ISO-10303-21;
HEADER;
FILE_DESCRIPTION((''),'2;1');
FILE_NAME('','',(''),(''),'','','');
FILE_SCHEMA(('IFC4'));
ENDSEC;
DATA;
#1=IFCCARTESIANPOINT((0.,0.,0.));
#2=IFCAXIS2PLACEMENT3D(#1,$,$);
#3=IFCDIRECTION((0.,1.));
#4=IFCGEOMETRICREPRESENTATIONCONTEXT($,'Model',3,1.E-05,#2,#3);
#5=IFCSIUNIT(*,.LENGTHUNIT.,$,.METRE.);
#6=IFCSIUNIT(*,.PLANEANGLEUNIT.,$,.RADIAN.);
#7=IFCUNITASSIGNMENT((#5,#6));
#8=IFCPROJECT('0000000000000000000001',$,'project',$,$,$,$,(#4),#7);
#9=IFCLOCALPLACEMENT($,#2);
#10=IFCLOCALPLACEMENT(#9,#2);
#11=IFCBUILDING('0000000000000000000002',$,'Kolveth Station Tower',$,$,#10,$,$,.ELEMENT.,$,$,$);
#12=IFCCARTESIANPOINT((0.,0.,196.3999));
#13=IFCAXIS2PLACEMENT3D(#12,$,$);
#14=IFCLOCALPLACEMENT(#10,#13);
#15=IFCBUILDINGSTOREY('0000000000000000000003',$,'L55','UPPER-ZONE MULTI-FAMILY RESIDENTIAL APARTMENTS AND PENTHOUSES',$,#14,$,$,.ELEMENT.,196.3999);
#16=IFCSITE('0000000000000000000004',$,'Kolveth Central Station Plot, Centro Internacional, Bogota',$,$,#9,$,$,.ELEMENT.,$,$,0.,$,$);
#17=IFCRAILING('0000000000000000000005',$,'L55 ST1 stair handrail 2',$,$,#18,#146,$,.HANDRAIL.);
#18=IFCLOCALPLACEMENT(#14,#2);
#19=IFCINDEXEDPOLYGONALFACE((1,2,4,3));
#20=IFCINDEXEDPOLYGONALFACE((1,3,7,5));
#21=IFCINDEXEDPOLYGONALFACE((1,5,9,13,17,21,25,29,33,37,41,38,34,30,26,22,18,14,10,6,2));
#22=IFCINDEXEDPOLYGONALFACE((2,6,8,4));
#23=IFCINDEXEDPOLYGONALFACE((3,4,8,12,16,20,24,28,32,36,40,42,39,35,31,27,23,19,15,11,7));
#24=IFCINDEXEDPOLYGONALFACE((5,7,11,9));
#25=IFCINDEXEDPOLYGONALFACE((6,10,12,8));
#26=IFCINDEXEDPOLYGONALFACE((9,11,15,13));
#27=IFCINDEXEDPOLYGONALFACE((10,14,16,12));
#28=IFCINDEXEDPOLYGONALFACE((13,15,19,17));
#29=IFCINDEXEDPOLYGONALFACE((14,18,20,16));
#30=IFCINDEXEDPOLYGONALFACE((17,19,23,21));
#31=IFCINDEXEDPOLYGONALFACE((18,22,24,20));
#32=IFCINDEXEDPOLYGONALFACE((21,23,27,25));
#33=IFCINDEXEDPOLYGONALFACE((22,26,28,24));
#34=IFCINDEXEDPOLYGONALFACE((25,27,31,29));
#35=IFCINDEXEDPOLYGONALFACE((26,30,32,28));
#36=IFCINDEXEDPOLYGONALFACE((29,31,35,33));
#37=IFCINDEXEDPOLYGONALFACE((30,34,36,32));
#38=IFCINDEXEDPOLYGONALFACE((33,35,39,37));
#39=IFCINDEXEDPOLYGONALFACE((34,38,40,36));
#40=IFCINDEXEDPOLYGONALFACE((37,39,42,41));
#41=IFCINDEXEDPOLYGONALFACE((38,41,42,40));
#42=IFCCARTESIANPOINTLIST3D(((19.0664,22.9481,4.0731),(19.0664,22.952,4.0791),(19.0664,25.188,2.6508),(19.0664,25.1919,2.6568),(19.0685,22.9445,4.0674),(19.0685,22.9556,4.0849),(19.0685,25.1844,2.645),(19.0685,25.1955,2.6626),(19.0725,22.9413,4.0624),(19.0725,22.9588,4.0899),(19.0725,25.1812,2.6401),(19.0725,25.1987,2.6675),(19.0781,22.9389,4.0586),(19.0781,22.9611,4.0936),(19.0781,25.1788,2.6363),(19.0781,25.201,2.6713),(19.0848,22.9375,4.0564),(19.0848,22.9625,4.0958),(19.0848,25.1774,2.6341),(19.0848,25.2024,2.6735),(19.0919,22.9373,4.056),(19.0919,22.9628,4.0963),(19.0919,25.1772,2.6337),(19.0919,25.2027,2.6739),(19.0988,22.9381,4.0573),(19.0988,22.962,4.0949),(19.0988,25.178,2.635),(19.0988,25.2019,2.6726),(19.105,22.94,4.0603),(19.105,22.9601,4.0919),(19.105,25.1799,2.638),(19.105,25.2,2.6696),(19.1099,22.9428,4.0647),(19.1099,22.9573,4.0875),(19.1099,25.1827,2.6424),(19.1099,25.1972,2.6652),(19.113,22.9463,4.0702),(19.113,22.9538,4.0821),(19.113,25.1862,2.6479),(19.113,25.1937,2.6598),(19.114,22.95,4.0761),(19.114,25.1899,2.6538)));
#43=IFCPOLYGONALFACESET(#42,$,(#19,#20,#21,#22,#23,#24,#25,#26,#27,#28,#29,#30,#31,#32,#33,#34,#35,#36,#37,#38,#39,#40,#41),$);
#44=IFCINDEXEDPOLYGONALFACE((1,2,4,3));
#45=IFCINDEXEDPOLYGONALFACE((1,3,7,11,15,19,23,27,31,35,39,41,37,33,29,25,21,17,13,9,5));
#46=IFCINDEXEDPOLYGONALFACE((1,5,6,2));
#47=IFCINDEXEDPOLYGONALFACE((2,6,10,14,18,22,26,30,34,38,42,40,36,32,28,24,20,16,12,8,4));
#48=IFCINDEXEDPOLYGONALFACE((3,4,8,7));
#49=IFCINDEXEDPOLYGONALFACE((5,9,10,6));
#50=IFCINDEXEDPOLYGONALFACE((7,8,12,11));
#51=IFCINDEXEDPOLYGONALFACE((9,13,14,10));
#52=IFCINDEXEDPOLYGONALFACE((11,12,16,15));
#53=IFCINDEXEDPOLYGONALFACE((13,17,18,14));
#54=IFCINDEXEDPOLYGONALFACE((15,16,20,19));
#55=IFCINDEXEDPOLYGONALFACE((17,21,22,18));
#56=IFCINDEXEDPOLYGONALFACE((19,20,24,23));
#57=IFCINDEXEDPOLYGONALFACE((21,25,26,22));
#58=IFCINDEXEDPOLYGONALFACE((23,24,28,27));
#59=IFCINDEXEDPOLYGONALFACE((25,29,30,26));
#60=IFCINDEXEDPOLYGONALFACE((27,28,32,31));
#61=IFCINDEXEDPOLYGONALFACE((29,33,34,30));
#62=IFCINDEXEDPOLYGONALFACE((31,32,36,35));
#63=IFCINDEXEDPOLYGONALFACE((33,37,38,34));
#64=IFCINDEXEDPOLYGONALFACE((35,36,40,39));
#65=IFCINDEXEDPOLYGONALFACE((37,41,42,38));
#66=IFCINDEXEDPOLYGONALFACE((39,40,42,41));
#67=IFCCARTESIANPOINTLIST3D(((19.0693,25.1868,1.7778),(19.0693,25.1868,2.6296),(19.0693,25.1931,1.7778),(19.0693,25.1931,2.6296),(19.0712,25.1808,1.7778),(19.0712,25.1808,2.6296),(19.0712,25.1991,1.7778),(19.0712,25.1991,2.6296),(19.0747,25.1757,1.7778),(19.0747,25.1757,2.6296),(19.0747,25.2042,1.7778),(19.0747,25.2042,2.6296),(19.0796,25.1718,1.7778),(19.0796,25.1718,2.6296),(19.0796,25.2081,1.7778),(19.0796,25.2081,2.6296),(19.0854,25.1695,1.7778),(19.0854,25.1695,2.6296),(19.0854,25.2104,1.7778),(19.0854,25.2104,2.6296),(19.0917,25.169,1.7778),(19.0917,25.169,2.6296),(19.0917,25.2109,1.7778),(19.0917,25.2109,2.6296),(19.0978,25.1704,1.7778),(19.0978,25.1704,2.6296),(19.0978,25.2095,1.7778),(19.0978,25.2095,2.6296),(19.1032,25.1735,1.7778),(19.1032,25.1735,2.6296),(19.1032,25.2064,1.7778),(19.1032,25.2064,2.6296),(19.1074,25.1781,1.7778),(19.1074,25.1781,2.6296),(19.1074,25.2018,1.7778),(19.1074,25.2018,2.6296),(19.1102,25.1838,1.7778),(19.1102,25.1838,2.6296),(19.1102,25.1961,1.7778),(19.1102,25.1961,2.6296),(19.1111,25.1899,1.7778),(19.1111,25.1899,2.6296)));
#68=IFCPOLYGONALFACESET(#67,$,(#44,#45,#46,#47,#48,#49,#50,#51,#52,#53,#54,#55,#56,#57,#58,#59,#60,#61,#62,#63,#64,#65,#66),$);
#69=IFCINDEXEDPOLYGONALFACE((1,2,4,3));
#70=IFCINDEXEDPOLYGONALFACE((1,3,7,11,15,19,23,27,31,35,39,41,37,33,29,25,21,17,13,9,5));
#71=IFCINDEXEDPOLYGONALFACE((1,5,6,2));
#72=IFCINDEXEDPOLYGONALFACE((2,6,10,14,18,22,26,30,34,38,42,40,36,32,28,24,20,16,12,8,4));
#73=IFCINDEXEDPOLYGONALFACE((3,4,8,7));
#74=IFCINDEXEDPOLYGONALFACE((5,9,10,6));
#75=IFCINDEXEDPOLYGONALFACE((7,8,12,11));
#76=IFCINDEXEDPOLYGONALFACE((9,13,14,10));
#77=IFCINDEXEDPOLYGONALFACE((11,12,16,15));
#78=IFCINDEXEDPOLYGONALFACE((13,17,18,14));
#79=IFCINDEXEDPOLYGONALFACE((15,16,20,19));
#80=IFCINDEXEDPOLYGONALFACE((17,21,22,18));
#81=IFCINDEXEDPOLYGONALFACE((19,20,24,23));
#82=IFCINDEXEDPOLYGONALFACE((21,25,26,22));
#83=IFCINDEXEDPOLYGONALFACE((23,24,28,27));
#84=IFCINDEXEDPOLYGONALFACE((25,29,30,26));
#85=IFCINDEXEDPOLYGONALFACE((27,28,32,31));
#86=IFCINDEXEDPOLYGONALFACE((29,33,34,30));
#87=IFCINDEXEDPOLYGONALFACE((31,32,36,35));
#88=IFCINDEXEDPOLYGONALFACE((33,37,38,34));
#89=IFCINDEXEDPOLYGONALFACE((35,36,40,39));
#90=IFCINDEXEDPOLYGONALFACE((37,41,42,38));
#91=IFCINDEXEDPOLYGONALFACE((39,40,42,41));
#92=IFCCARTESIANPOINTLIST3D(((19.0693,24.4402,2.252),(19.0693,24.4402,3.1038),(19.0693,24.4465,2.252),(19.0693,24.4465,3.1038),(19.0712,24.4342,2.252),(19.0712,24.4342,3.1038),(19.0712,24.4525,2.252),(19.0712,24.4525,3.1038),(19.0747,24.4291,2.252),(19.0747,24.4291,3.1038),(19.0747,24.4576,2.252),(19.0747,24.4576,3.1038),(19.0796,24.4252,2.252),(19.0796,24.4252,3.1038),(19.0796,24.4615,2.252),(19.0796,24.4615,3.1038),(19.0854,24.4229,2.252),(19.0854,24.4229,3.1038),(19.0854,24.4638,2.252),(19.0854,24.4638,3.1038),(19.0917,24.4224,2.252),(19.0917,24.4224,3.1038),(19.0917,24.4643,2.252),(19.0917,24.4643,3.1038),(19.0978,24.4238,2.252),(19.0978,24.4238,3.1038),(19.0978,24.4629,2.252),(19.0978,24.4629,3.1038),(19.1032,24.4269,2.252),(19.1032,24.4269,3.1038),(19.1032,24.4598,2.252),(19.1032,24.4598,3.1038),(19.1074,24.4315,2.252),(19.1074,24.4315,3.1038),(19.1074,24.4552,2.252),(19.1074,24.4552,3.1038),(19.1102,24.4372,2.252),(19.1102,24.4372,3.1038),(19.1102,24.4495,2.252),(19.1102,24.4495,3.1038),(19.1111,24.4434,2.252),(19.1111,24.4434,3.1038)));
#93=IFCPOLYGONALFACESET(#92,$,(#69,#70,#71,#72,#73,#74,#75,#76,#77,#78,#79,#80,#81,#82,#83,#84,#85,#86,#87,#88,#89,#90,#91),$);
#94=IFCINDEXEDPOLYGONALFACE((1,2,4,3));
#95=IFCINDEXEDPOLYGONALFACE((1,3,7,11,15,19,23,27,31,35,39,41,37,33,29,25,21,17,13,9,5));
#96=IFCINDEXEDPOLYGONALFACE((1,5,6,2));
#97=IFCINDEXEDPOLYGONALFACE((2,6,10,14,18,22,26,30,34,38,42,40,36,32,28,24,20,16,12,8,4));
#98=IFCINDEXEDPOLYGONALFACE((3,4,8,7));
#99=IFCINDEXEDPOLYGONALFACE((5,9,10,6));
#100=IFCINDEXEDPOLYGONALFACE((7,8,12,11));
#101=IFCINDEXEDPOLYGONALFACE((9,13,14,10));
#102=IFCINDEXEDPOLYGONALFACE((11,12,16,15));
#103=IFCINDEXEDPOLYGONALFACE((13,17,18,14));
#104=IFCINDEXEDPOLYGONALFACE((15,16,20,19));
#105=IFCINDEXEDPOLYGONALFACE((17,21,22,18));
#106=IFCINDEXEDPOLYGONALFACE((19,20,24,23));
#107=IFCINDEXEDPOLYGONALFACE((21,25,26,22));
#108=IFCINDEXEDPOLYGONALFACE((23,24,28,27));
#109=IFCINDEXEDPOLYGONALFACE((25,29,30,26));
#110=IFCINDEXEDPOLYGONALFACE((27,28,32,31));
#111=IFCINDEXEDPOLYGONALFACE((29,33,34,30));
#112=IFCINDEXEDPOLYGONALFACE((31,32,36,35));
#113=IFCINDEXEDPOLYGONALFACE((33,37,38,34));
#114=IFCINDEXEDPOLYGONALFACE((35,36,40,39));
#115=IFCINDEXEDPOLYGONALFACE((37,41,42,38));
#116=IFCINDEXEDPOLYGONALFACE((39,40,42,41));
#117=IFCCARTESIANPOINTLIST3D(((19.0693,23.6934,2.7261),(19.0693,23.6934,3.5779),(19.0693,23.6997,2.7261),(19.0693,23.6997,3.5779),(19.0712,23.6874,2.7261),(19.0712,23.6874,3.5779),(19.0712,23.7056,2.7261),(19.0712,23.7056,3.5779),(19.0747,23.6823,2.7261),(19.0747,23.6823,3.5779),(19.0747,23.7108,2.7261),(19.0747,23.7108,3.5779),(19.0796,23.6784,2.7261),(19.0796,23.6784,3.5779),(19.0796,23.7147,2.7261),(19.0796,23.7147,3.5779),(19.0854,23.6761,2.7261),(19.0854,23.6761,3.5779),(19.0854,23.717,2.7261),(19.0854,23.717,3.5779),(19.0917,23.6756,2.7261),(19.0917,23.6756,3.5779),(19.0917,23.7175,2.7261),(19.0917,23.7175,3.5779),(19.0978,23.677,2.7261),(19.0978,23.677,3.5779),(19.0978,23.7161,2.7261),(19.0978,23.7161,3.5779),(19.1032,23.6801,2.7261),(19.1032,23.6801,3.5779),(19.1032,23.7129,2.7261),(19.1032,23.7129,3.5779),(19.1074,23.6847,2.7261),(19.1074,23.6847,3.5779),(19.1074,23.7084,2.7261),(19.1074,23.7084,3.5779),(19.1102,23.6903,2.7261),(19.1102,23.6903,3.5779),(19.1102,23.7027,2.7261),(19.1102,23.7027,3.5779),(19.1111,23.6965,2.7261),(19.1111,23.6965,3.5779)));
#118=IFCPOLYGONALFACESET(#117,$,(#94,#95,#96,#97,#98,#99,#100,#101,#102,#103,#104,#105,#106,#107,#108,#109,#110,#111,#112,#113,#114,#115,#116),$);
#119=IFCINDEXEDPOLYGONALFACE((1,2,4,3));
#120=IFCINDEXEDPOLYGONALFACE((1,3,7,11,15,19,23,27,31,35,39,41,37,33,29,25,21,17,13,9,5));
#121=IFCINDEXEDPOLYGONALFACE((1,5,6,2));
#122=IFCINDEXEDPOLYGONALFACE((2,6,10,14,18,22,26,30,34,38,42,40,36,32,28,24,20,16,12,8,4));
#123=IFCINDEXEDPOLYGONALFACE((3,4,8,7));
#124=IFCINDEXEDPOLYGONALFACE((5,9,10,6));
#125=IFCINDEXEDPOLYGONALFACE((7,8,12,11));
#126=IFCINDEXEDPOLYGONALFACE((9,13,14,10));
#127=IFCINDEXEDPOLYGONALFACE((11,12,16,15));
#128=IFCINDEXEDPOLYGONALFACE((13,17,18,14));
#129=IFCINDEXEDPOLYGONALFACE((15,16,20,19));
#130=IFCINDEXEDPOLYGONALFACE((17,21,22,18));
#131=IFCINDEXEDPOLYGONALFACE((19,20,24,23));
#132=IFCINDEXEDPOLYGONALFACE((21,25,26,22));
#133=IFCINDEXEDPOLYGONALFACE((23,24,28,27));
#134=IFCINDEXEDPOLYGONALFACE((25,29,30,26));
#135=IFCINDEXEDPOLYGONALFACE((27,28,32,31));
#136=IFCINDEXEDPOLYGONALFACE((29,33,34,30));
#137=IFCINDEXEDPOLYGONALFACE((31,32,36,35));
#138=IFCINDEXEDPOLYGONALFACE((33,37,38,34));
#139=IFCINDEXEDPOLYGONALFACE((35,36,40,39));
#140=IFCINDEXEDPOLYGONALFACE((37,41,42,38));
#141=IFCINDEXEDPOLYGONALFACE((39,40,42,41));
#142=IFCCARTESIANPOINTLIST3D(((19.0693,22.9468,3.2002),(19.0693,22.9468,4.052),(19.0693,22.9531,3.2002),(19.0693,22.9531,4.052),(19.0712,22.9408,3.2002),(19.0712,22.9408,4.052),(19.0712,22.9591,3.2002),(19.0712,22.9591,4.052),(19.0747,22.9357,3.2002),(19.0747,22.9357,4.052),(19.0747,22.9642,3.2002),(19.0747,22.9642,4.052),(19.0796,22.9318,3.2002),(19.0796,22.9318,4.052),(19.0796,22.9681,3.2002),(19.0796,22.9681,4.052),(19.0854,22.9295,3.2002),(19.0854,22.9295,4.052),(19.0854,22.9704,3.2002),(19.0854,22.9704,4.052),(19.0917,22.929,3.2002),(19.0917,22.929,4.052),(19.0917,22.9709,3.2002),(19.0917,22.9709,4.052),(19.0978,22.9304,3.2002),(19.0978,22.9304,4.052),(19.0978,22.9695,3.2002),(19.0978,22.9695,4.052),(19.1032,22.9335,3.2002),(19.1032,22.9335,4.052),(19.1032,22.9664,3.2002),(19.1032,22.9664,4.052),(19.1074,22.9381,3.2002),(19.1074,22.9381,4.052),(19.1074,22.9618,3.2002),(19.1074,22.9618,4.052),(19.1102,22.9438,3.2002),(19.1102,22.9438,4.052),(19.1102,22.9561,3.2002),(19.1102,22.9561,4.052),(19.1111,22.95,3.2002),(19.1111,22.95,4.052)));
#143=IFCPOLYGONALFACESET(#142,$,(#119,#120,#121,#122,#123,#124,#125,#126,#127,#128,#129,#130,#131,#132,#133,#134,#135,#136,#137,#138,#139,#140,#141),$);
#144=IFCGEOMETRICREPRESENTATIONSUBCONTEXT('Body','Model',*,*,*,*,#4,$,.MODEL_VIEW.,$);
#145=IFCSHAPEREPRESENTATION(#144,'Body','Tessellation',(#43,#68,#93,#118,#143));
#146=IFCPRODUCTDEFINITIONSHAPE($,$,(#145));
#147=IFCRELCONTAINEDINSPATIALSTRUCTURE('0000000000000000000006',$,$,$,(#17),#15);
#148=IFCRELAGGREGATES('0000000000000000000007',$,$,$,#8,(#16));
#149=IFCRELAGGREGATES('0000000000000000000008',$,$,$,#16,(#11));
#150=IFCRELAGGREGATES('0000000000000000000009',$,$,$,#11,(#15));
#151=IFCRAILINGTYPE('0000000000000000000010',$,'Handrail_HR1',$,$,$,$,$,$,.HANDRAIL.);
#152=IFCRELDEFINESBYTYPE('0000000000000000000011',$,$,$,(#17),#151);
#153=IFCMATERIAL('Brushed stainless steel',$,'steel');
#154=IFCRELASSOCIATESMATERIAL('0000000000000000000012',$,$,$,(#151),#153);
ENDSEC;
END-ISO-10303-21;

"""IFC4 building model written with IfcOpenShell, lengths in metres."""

from ifc_helpers import new_model, si_unit, direction, frame, origin, origin_2d, place, context, subcontext, project, spatial, circle, extrude, material, type_object, element, save


model = new_model("IFC4")

# Units and contexts
model_context = context("Model", 3, precision=1e-05, world=origin(), true_north=direction((0.0, 1.0)))
body_context = subcontext(model_context, "Body", "Model", "MODEL_VIEW")
ifc_project = project(units=[si_unit("LENGTHUNIT", "METRE"), si_unit("PLANEANGLEUNIT", "RADIAN")], contexts=[model_context])

# Site, building, storey
site_placement = place(None, origin())
site = spatial("IfcSite", under=ifc_project, at=site_placement, Name="Kolveth Central Station Plot, Centro Internacional, Bogota", CompositionType="ELEMENT", RefElevation=0.0)
building_placement = place(site_placement, origin())
building = spatial("IfcBuilding", under=site, at=building_placement, Name="Kolveth Station Tower", CompositionType="ELEMENT")
storey_placement = place(building_placement, frame((0.0, 0.0, 196.3999)))
storey = spatial("IfcBuildingStorey", under=building, at=storey_placement, Name="L55", Description="UPPER-ZONE MULTI-FAMILY RESIDENTIAL APARTMENTS AND PENTHOUSES", CompositionType="ELEMENT", Elevation=196.3999)

# Railing
ifc_material_1 = material(Name="Brushed stainless steel", Category="steel")
railing_type_1 = type_object("IfcRailingType", Name="Handrail_HR1", PredefinedType="HANDRAIL", material=ifc_material_1)
railing_1_placement = place(storey_placement, frame((19.0901, 25.1899, 1.7778)))
element("IfcRailing", 1, at=railing_1_placement, inside=storey, type_object=railing_type_1, Name="L55 ST1 stair handrail 2", PredefinedType="HANDRAIL", context=body_context, shape_type="SweptSolid", body=[
    extrude(circle(Radius=0.0239, at=origin_2d()), frame((0.0, 0.0, 0.876), z_axis=(0.0, -0.844188, 0.536048), x_axis=(1.0, 0.0, 0.0)), (0.0, 0.0, 1.0), 2.6533),
    extrude(circle(Radius=0.021, at=origin_2d()), origin(), (0.0, 0.0, 1.0), 0.8518),
    extrude(circle(Radius=0.021, at=origin_2d()), frame((0.0, -0.7466, 0.4741)), (0.0, 0.0, 1.0), 0.8518),
    extrude(circle(Radius=0.021, at=origin_2d()), frame((0.0, -1.4934, 0.9482)), (0.0, 0.0, 1.0), 0.8518),
    extrude(circle(Radius=0.021, at=origin_2d()), frame((0.0, -2.24, 1.4224)), (0.0, 0.0, 1.0), 0.8518),
])

save(model, "model.ifc")
